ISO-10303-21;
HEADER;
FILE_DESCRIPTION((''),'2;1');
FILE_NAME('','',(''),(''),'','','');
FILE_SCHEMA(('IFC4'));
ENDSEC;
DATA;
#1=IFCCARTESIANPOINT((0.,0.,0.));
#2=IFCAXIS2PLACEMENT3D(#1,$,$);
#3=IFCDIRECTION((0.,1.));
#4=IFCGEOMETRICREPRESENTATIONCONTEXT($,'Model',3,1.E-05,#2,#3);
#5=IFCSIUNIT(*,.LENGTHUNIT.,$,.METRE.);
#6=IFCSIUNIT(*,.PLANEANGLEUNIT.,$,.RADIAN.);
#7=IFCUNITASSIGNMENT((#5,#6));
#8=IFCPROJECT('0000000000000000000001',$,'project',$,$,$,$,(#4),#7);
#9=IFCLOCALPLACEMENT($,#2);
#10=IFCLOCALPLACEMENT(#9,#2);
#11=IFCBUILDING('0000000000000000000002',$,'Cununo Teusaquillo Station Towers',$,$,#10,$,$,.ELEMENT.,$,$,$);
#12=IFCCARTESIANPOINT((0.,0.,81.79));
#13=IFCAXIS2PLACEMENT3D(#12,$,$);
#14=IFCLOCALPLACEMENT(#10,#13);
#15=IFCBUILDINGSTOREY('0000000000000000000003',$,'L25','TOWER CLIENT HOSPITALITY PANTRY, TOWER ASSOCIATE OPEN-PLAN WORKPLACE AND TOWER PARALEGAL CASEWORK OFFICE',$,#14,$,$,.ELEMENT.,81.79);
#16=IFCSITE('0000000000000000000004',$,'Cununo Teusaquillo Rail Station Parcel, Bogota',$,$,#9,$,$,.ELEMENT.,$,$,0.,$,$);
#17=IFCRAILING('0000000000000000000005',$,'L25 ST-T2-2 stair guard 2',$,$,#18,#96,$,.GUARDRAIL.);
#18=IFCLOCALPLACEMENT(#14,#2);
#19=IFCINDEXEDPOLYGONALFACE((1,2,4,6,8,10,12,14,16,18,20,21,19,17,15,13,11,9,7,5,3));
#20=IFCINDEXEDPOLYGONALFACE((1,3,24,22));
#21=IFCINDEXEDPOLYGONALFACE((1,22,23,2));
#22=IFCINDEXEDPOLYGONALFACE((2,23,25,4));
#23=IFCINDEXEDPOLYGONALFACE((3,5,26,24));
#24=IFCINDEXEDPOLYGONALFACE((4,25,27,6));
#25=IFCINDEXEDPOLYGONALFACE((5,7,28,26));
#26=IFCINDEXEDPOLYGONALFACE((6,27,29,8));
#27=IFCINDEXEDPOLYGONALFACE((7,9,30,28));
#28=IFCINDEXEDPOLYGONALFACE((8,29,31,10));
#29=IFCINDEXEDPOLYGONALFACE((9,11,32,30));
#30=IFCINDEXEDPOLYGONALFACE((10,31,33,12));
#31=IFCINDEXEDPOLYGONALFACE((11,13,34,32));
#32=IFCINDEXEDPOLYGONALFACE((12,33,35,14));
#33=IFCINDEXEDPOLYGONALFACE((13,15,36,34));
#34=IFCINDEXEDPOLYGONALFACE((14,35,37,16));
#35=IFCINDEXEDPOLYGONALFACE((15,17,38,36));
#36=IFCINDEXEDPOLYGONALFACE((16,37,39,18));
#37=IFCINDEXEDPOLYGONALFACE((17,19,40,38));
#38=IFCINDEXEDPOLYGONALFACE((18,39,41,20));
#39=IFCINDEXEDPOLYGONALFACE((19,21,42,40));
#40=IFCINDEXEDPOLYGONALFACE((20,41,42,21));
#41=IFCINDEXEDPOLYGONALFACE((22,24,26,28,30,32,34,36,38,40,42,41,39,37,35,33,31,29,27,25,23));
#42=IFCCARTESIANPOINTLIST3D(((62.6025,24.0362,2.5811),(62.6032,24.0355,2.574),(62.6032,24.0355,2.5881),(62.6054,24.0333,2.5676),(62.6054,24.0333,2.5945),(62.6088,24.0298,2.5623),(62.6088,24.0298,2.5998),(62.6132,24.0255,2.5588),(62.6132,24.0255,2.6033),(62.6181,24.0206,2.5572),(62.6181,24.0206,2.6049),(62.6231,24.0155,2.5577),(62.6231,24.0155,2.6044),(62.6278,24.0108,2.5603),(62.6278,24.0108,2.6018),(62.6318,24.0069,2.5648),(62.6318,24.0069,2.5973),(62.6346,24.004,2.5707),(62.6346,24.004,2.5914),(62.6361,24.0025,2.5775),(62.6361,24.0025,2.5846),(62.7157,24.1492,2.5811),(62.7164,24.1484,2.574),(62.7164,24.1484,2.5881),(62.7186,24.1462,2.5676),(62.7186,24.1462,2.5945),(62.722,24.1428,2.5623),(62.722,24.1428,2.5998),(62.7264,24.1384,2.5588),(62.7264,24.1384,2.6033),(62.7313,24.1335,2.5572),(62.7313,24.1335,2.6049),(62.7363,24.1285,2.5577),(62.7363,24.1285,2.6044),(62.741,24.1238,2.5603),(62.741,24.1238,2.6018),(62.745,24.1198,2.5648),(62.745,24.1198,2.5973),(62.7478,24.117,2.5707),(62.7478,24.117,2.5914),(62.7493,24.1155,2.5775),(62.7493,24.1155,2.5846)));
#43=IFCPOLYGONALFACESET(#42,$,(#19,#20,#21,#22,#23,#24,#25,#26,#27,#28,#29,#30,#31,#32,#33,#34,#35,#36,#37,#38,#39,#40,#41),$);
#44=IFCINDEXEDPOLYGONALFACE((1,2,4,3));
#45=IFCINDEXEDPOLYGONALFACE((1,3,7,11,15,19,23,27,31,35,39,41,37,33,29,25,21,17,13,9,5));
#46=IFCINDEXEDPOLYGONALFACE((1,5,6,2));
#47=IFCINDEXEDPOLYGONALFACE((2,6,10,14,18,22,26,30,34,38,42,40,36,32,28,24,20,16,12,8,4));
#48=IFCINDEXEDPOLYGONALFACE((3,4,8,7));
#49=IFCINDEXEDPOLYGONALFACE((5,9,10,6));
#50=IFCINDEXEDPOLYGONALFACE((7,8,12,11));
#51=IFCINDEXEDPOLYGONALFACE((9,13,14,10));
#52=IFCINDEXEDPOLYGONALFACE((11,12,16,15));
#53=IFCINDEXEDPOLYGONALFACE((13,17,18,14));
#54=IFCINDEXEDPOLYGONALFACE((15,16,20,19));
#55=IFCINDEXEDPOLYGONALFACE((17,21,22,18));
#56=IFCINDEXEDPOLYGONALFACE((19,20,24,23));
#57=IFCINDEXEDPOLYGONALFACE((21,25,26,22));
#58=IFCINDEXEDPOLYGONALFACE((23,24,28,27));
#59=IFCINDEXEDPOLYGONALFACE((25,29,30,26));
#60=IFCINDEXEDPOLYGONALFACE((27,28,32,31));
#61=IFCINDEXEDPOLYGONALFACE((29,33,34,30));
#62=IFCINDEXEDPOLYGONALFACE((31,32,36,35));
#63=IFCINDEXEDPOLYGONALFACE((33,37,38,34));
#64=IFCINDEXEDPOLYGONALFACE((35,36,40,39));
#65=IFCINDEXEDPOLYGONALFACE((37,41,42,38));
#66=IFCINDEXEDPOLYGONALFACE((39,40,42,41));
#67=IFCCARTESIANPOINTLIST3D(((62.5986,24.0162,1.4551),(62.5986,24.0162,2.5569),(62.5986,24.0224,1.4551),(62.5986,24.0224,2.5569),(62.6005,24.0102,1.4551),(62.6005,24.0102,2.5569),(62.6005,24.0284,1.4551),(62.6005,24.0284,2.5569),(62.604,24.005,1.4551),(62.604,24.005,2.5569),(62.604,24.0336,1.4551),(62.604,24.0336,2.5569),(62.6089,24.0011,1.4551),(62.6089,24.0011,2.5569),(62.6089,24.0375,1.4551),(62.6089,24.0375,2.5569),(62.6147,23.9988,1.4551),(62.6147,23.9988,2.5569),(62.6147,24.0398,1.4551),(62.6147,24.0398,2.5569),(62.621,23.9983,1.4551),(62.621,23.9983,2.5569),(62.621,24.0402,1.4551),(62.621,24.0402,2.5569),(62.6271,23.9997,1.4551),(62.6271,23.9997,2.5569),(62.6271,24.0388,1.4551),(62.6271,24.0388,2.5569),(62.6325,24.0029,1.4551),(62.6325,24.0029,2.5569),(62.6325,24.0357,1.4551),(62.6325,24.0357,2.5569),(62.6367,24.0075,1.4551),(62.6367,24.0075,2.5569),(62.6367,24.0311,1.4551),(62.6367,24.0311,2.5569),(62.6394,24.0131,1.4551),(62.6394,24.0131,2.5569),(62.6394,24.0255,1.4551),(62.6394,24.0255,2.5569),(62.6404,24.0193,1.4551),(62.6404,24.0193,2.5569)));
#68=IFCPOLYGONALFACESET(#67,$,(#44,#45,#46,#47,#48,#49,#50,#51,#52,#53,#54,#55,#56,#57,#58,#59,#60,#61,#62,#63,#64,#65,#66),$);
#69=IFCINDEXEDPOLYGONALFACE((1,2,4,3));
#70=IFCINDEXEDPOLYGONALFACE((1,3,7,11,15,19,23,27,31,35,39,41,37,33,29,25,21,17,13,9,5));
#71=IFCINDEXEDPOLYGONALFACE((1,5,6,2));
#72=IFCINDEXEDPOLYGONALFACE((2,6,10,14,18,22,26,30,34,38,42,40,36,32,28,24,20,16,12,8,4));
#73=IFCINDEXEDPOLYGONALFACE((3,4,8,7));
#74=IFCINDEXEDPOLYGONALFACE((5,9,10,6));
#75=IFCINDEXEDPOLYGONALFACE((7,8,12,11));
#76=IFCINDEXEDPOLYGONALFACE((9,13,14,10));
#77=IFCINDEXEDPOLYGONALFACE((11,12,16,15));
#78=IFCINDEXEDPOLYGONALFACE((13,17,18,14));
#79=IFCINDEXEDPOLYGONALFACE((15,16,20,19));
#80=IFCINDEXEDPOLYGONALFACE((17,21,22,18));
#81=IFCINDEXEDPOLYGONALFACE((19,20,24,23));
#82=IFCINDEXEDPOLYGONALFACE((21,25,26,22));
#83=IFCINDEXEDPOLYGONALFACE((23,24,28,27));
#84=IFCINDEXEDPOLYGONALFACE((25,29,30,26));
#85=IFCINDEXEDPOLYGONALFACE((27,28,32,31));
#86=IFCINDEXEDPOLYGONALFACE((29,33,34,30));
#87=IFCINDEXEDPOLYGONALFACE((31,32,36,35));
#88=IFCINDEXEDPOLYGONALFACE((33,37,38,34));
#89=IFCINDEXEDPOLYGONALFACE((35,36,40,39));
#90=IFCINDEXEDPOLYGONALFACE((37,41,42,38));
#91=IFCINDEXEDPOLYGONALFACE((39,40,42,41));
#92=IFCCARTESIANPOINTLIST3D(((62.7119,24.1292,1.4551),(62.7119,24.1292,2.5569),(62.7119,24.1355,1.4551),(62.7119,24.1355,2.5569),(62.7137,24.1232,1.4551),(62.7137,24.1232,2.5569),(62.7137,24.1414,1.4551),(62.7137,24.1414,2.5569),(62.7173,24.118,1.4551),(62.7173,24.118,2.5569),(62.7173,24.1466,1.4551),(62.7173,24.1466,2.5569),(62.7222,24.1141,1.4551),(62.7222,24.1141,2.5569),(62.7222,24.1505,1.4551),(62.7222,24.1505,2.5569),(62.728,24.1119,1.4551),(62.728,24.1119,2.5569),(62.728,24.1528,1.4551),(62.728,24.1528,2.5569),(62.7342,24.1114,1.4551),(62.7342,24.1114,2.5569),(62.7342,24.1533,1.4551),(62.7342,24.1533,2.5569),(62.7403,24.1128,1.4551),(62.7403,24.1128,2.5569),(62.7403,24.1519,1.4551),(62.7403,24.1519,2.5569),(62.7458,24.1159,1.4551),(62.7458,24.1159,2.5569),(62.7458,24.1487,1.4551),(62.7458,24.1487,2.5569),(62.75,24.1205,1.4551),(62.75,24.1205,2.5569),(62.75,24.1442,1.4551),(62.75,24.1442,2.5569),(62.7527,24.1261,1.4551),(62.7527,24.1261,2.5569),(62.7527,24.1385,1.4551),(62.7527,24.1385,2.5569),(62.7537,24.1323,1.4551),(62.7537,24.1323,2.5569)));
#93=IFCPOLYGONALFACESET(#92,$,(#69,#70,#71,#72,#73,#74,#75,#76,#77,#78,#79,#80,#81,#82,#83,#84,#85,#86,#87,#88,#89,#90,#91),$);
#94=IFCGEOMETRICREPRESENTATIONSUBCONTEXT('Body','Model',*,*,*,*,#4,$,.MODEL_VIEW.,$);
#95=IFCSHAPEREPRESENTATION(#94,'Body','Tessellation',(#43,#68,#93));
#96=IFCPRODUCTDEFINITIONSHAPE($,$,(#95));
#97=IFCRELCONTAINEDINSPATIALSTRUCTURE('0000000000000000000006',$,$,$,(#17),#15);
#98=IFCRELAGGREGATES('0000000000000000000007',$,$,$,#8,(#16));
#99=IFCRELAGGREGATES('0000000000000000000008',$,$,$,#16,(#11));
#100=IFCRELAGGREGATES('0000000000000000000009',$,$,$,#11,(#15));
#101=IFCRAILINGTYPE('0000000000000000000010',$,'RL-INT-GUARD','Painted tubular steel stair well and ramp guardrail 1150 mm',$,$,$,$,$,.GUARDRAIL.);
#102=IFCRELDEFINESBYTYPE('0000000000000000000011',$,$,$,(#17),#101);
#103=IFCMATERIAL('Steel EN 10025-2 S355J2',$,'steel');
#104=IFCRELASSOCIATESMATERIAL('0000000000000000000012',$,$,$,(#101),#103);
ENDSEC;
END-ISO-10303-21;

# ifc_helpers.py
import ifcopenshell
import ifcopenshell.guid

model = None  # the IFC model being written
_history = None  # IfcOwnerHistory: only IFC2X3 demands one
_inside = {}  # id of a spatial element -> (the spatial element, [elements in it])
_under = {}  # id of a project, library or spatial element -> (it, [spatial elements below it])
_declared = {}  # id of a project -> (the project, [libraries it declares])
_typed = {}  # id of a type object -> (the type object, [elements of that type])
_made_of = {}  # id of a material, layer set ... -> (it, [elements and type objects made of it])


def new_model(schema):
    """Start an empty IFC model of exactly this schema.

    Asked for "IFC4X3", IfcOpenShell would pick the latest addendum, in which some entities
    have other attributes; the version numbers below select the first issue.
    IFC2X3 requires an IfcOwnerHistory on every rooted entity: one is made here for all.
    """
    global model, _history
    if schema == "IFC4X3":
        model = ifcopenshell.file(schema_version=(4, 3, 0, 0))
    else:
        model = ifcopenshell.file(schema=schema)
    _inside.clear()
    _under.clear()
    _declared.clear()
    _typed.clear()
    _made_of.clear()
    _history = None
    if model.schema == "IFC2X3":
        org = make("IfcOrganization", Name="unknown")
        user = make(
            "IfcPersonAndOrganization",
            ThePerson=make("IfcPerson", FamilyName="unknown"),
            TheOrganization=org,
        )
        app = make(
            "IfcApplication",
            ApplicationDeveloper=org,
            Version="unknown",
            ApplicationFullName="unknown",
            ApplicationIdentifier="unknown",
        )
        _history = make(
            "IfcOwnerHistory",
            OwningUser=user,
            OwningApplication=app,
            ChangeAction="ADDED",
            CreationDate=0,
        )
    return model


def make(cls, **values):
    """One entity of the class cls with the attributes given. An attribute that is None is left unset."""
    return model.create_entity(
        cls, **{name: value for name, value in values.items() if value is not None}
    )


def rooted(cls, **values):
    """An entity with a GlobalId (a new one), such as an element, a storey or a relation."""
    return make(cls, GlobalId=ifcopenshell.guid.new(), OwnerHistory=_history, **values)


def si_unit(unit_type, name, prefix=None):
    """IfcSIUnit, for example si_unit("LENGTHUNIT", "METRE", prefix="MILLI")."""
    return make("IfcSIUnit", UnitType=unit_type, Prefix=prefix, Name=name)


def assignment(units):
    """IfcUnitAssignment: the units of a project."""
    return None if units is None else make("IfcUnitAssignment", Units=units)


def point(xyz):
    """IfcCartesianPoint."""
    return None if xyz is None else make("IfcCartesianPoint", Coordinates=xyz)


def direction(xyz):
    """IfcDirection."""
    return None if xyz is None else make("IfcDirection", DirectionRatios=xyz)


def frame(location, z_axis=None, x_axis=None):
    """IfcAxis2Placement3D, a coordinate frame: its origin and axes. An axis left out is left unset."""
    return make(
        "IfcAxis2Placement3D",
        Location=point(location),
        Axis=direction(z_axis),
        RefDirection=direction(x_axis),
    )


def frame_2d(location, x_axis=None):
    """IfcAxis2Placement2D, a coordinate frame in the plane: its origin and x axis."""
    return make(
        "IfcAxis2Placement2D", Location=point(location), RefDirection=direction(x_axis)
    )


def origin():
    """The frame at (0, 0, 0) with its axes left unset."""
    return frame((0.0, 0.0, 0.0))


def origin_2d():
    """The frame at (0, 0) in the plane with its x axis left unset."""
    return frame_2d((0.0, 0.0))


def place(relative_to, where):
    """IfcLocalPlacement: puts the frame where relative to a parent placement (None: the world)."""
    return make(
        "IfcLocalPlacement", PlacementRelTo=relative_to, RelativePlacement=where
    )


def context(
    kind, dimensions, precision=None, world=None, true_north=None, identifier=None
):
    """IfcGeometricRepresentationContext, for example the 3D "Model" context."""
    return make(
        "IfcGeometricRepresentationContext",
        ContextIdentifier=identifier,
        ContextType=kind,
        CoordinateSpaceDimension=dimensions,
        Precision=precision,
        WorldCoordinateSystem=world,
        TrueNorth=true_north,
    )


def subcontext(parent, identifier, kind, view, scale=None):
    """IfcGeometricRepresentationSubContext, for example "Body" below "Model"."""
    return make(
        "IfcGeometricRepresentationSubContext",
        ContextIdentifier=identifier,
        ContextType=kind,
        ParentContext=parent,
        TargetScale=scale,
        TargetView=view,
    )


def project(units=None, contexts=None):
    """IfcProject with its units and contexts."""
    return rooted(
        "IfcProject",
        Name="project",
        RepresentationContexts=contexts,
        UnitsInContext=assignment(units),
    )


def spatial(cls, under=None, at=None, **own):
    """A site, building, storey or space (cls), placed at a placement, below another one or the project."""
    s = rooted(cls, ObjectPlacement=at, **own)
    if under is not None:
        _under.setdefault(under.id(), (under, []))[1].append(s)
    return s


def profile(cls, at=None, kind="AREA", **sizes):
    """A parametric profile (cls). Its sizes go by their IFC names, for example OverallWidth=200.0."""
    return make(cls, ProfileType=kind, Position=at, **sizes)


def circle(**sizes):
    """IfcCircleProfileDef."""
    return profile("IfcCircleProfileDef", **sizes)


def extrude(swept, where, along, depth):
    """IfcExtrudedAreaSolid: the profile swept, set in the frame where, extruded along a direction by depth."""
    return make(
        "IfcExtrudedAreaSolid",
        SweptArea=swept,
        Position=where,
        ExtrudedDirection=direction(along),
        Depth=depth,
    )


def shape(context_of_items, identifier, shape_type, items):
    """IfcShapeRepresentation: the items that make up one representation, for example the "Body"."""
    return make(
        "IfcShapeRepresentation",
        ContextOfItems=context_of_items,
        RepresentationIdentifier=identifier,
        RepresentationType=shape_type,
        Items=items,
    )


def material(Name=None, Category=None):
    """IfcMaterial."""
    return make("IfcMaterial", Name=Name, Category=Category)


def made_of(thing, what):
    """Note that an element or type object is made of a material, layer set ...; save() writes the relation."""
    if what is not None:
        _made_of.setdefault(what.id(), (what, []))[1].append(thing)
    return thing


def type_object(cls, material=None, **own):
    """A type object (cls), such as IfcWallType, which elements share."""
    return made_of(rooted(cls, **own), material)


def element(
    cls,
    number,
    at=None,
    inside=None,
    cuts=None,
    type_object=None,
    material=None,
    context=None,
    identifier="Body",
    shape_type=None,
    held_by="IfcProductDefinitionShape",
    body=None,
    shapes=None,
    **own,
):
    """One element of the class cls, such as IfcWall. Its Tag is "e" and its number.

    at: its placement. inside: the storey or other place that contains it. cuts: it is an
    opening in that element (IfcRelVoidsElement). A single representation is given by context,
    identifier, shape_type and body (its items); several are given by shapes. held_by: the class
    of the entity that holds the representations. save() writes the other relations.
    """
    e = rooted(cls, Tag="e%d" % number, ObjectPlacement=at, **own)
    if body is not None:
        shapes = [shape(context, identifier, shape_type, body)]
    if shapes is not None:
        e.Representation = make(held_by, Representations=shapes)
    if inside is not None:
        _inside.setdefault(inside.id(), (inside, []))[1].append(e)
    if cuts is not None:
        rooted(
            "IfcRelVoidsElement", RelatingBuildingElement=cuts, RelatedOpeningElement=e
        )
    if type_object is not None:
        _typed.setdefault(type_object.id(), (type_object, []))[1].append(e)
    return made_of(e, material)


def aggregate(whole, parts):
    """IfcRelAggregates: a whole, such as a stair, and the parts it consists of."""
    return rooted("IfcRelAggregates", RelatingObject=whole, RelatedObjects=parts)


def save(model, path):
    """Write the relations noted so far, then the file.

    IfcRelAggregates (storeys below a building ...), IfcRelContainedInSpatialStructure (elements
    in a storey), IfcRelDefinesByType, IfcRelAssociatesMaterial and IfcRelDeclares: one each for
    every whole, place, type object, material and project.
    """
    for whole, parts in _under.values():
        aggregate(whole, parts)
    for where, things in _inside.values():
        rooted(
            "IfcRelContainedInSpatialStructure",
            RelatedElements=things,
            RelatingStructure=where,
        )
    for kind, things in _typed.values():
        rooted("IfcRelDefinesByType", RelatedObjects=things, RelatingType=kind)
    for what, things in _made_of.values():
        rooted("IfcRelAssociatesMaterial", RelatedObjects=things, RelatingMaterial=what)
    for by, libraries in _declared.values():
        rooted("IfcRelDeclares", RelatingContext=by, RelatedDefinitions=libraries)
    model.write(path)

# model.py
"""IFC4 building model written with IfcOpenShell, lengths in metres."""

from ifc_helpers import new_model, si_unit, direction, frame, origin, origin_2d, place, context, subcontext, project, spatial, circle, extrude, material, type_object, element, save


model = new_model("IFC4")

# Units and contexts
model_context = context("Model", 3, precision=1e-05, world=origin(), true_north=direction((0.0, 1.0)))
body_context = subcontext(model_context, "Body", "Model", "MODEL_VIEW")
ifc_project = project(units=[si_unit("LENGTHUNIT", "METRE"), si_unit("PLANEANGLEUNIT", "RADIAN")], contexts=[model_context])

# Site, building, storey
site_placement = place(None, origin())
site = spatial("IfcSite", under=ifc_project, at=site_placement, Name="Cununo Teusaquillo Rail Station Parcel, Bogota", CompositionType="ELEMENT", RefElevation=0.0)
building_placement = place(site_placement, origin())
building = spatial("IfcBuilding", under=site, at=building_placement, Name="Cununo Teusaquillo Station Towers", CompositionType="ELEMENT")
storey_placement = place(building_placement, frame((0.0, 0.0, 81.79)))
storey = spatial("IfcBuildingStorey", under=building, at=storey_placement, Name="L25", Description="TOWER CLIENT HOSPITALITY PANTRY, TOWER ASSOCIATE OPEN-PLAN WORKPLACE AND TOWER PARALEGAL CASEWORK OFFICE", CompositionType="ELEMENT", Elevation=81.79)

# Railing
ifc_material_1 = material(Name="Steel EN 10025-2 S355J2", Category="steel")
railing_type_1 = type_object("IfcRailingType", Name="RL-INT-GUARD", Description="Painted tubular steel stair well and ramp guardrail 1150 mm", PredefinedType="GUARDRAIL", material=ifc_material_1)
railing_1_placement = place(storey_placement, frame((62.6194, 24.0193, 1.4551)))
element("IfcRailing", 1, at=railing_1_placement, inside=storey, type_object=railing_type_1, Name="L25 ST-T2-2 stair guard 2", PredefinedType="GUARDRAIL", context=body_context, shape_type="SweptSolid", body=[
    extrude(circle(Radius=0.0239, at=origin_2d()), frame((0.0, 0.0, 1.126), z_axis=(0.707869, 0.706344, 0.0), x_axis=(-0.706344, 0.707869, 0.0)), (0.0, 0.0, 1.0), 0.1599),
    extrude(circle(Radius=0.021, at=origin_2d()), origin(), (0.0, 0.0, 1.0), 1.1018),
    extrude(circle(Radius=0.021, at=origin_2d()), frame((0.1133, 0.113, 0.0)), (0.0, 0.0, 1.0), 1.1018),
])

save(model, "model.ifc")
